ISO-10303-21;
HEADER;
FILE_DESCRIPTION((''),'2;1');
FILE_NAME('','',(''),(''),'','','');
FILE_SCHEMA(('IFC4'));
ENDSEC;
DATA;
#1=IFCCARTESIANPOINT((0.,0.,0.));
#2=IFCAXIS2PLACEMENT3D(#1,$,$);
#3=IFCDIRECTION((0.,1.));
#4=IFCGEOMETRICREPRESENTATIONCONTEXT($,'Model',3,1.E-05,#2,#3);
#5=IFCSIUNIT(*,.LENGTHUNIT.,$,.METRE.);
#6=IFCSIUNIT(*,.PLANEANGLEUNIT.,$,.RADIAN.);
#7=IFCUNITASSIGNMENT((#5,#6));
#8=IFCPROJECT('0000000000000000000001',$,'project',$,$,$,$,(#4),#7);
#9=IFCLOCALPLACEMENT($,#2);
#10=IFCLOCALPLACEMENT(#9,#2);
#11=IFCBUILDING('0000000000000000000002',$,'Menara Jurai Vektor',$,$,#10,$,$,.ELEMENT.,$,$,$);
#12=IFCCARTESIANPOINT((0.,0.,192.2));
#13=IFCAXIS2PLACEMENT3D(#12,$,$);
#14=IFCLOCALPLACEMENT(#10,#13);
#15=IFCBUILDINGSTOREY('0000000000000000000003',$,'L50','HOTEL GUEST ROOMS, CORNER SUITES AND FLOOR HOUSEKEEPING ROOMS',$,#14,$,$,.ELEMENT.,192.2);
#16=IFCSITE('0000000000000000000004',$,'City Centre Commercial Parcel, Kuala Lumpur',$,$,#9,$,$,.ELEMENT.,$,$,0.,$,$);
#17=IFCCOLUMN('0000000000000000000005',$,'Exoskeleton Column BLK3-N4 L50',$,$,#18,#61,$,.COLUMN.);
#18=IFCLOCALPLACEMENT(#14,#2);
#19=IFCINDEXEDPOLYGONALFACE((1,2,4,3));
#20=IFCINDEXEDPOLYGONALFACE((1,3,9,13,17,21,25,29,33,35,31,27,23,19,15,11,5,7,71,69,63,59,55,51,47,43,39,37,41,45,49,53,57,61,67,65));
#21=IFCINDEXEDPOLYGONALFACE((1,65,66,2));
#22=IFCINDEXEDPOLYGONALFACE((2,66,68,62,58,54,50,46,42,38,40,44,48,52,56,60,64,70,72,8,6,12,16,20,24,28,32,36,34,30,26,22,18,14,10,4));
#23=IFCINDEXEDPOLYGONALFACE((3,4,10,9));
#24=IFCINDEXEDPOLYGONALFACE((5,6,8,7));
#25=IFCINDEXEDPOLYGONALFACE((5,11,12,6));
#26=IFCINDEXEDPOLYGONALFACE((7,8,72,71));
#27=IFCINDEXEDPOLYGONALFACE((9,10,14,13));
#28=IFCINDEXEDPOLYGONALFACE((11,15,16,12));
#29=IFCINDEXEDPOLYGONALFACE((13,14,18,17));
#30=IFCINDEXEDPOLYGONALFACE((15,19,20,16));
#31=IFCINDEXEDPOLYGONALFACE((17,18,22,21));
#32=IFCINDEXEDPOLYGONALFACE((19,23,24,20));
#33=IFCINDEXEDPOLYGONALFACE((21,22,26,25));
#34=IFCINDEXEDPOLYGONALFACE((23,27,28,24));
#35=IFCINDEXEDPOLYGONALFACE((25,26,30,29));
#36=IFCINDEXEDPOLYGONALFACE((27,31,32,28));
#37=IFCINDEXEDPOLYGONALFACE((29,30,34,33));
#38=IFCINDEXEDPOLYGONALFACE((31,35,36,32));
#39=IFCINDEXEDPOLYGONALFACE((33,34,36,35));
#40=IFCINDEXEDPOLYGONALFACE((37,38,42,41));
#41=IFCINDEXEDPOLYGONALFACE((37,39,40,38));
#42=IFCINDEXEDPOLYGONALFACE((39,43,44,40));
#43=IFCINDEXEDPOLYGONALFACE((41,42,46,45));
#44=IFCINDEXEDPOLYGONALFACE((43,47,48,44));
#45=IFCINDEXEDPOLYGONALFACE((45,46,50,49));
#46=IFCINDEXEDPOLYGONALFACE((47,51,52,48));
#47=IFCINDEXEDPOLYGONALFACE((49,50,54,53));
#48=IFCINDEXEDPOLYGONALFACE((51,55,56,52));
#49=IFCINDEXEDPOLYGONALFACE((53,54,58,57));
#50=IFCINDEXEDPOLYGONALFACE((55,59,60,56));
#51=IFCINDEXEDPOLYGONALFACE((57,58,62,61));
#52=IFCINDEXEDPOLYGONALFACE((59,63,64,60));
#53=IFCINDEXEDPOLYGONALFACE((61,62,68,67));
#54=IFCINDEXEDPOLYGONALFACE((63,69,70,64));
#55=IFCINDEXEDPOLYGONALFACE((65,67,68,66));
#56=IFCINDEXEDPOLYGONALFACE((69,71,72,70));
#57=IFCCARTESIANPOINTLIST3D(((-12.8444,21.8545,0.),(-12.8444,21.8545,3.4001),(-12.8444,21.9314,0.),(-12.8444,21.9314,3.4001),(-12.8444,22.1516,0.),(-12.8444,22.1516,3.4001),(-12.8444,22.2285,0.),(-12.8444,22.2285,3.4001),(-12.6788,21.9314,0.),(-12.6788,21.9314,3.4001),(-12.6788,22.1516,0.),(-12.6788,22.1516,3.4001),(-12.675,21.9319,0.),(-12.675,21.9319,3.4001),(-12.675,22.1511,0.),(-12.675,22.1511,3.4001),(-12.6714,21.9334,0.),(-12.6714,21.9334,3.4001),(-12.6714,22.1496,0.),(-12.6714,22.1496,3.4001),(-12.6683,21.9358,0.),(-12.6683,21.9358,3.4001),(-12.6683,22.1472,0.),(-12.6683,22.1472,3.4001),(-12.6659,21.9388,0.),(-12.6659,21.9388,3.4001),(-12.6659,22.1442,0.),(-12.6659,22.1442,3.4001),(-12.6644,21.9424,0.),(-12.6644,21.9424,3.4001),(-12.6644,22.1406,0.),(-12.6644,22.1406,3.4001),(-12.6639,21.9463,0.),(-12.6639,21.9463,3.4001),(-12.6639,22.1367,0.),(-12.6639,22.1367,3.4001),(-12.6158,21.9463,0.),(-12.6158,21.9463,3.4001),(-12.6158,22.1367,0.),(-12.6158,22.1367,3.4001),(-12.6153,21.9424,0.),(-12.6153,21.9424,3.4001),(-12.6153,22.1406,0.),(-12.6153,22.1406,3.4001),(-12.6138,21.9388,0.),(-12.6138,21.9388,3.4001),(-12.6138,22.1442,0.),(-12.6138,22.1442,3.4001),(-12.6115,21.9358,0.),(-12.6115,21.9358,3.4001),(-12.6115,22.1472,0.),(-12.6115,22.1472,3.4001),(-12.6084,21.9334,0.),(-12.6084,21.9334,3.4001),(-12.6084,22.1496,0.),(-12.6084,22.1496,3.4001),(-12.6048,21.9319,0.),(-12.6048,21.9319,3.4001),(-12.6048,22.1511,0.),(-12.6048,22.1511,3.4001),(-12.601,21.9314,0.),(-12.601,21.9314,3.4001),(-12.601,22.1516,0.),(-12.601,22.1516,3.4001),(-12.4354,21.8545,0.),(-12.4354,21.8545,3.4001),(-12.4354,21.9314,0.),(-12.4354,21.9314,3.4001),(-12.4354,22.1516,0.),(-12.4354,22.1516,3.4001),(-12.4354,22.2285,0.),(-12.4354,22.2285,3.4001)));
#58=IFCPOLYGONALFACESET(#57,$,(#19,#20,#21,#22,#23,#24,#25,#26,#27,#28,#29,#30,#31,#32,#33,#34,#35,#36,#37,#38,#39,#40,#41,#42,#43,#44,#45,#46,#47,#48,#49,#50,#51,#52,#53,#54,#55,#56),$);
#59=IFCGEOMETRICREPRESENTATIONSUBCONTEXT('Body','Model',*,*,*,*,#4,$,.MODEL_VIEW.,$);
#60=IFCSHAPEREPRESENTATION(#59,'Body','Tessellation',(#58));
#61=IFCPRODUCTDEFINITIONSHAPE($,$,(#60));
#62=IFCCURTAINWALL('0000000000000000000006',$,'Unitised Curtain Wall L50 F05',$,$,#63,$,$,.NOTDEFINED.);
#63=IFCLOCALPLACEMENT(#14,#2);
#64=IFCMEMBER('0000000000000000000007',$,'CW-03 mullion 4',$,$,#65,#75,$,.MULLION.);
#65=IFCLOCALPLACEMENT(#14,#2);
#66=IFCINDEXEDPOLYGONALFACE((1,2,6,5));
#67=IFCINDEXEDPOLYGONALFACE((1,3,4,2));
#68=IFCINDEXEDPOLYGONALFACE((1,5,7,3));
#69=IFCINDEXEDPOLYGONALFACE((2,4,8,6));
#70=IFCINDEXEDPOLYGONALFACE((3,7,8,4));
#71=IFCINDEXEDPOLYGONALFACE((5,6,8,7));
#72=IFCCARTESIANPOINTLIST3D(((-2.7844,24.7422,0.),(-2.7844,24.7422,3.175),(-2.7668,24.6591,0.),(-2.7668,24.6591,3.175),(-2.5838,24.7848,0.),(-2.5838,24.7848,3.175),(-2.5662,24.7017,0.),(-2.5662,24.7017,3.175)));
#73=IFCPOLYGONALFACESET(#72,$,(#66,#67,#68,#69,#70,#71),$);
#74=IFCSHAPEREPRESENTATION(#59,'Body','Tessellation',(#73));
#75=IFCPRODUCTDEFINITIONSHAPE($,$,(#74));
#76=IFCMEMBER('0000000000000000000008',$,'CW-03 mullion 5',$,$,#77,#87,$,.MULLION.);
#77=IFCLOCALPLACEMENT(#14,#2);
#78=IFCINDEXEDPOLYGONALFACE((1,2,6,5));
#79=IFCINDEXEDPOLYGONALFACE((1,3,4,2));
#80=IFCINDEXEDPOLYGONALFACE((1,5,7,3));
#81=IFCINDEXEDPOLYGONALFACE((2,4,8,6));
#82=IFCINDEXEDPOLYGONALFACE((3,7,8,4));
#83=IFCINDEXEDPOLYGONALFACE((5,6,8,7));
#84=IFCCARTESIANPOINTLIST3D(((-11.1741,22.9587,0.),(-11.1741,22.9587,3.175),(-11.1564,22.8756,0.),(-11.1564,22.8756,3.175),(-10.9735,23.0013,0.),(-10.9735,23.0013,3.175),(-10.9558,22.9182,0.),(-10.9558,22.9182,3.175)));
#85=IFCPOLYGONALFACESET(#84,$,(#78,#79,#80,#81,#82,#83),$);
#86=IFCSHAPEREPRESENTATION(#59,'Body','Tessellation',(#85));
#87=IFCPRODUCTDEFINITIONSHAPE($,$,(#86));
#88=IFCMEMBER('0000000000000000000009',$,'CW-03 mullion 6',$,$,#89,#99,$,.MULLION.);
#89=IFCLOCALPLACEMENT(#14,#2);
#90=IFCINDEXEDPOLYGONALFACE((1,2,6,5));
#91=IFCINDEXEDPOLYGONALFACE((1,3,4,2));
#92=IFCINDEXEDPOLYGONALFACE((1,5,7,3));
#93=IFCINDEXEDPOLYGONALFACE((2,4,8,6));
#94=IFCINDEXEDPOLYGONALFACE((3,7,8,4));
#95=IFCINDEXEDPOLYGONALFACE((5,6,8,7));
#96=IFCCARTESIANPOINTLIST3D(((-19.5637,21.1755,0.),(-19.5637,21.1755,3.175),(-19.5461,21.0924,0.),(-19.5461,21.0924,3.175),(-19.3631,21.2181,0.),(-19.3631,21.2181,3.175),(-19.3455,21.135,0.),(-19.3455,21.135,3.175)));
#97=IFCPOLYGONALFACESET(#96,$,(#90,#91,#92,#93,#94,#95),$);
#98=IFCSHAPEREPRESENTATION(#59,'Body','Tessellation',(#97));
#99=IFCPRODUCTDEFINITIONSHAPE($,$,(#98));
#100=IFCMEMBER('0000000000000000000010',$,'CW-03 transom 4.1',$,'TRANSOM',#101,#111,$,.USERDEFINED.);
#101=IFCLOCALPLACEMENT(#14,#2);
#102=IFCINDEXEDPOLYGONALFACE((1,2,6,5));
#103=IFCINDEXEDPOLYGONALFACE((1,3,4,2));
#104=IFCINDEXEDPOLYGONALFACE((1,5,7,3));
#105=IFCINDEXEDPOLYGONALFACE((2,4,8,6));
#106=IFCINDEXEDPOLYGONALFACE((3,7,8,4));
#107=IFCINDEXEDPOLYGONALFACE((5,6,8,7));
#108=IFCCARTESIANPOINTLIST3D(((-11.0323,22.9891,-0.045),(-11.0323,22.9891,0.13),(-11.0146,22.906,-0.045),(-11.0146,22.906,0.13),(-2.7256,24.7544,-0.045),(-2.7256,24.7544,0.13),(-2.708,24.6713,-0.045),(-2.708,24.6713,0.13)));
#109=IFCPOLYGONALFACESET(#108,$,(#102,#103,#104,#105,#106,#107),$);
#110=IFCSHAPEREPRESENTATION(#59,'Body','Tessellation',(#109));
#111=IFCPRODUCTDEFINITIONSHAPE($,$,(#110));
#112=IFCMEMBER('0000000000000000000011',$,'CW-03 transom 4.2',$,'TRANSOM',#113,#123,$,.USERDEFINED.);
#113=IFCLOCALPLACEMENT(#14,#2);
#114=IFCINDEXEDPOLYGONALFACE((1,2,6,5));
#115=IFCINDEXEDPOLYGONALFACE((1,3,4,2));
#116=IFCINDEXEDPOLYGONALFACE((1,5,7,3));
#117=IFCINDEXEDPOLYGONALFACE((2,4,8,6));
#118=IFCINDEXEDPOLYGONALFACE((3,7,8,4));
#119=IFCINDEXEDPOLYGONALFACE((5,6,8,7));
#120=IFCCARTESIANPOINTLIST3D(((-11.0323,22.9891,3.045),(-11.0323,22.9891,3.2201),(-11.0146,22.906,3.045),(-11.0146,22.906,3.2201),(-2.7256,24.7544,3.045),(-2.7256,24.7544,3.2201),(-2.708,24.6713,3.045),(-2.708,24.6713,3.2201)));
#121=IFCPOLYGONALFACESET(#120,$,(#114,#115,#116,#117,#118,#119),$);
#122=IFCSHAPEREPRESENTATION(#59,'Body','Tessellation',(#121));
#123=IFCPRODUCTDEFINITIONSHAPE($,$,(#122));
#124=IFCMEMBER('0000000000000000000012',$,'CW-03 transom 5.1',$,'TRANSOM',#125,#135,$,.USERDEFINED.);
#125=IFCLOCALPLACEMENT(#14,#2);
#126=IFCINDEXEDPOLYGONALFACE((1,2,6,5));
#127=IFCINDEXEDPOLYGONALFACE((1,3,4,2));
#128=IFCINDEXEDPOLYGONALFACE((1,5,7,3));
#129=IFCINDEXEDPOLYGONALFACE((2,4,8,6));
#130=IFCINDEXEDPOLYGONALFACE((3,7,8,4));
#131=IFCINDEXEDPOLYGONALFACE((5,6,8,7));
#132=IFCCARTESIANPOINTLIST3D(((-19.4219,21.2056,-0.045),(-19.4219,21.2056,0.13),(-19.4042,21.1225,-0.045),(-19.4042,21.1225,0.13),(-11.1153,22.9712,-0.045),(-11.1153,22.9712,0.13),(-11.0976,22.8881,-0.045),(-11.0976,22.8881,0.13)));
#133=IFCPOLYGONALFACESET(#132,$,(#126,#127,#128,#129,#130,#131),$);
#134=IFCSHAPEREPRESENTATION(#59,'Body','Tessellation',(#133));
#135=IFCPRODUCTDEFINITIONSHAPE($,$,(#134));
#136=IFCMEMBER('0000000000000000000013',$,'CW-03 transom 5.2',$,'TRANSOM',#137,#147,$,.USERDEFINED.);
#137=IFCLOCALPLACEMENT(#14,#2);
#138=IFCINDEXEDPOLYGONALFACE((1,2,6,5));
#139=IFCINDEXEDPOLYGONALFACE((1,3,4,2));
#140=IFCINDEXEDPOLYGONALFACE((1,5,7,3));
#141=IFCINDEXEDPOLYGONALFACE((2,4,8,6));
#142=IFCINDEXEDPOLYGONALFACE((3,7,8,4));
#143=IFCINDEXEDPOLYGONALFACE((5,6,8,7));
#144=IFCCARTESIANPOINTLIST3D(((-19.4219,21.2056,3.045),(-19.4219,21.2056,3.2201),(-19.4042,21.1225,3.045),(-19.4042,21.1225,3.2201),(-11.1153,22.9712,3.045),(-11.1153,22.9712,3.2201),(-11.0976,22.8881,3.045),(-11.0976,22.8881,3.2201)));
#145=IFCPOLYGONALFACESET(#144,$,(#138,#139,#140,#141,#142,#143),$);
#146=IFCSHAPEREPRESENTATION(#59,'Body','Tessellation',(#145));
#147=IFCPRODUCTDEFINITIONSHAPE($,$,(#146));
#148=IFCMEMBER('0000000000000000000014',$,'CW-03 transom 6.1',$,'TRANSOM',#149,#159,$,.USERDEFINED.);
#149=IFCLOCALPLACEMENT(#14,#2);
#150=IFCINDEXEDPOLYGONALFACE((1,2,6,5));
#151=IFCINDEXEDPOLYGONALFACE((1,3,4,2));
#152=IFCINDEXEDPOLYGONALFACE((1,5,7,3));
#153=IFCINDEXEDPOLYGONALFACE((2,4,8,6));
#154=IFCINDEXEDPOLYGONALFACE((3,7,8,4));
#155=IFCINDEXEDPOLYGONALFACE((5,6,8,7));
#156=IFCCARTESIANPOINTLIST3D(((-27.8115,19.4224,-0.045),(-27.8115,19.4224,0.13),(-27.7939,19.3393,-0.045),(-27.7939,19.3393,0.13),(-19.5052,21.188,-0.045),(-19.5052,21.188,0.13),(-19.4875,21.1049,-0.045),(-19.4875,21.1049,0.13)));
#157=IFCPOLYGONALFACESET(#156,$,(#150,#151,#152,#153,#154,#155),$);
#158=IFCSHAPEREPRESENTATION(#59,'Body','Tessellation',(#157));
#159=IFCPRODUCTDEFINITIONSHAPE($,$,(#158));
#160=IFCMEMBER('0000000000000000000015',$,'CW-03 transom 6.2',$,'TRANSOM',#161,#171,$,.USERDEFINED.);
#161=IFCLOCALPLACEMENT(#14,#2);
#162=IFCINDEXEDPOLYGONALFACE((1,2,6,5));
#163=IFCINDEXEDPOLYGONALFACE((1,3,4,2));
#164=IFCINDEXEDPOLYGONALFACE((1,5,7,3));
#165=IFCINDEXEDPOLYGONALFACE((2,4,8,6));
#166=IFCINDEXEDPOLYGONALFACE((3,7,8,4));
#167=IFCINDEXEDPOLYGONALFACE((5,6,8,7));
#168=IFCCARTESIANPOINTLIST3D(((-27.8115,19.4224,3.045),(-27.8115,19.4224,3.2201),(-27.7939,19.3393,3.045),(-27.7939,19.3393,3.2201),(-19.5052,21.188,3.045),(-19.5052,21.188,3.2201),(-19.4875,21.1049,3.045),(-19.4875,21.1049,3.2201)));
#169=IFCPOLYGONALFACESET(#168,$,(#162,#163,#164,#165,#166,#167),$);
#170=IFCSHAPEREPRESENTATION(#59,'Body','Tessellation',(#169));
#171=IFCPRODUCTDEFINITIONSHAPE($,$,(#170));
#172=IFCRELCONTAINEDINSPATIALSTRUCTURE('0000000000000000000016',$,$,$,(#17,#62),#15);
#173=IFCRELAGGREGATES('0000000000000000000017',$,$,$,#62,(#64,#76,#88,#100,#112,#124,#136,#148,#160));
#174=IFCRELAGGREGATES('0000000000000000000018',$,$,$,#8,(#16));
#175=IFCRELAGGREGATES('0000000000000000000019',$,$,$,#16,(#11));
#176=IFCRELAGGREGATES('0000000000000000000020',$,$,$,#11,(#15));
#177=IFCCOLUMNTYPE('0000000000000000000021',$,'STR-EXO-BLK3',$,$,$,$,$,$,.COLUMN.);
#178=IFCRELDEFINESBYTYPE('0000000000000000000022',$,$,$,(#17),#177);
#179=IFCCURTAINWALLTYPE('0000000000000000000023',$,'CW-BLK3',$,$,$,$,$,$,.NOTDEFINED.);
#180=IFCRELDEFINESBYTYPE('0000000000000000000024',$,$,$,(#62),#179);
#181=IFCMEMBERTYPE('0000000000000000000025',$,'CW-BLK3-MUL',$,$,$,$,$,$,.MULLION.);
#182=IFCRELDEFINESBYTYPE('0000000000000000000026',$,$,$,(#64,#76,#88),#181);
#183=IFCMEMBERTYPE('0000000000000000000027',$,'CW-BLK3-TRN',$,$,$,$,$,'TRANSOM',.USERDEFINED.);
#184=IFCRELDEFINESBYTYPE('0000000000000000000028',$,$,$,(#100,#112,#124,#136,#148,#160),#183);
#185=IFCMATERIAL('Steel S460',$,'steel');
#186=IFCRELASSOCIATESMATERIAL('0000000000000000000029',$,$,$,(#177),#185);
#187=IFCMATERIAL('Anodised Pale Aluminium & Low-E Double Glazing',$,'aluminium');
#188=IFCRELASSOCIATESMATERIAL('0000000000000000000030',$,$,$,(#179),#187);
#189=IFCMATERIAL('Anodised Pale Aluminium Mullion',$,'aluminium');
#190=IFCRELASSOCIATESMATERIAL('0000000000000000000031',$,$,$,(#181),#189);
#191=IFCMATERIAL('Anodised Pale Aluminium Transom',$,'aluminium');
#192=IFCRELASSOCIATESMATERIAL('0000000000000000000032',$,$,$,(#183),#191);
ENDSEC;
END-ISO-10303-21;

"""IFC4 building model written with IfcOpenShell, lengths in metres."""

from ifc_helpers import new_model, si_unit, direction, frame, origin, origin_2d, place, context, subcontext, project, spatial, rectangle, i_section, extrude, material, material_profile, profile_set, type_object, element, aggregate, save


model = new_model("IFC4")

# Units and contexts
model_context = context("Model", 3, precision=1e-05, world=origin(), true_north=direction((0.0, 1.0)))
body_context = subcontext(model_context, "Body", "Model", "MODEL_VIEW")
ifc_project = project(units=[si_unit("LENGTHUNIT", "METRE"), si_unit("PLANEANGLEUNIT", "RADIAN")], contexts=[model_context])

# Site, building, storey
site_placement = place(None, origin())
site = spatial("IfcSite", under=ifc_project, at=site_placement, Name="City Centre Commercial Parcel, Kuala Lumpur", CompositionType="ELEMENT", RefElevation=0.0)
building_placement = place(site_placement, origin())
building = spatial("IfcBuilding", under=site, at=building_placement, Name="Menara Jurai Vektor", CompositionType="ELEMENT")
storey_placement = place(building_placement, frame((0.0, 0.0, 192.2)))
storey = spatial("IfcBuildingStorey", under=building, at=storey_placement, Name="L50", Description="HOTEL GUEST ROOMS, CORNER SUITES AND FLOOR HOUSEKEEPING ROOMS", CompositionType="ELEMENT", Elevation=192.2)

# Column
ifc_material_1 = material(Name="Steel S460", Category="steel")
ifc_material_profile_1 = material_profile(ifc_material_1, i_section(OverallWidth=0.4089, OverallDepth=0.374, WebThickness=0.0481, FlangeThickness=0.0769, FilletRadius=0.0149, at=origin_2d()), Name="HD 400x634")
ifc_profile_set_1 = profile_set([ifc_material_profile_1], Name="Steel S460")
column_type = type_object("IfcColumnType", Name="STR-EXO-BLK3", PredefinedType="COLUMN", material=ifc_profile_set_1)
column_placement = place(storey_placement, frame((-12.6399, 22.0415, 0.0), z_axis=(0.0, 0.0, 1.0), x_axis=(1.0, 0.0, 0.0)))
element("IfcColumn", 1, at=column_placement, inside=storey, type_object=column_type, Name="Exoskeleton Column BLK3-N4 L50", PredefinedType="COLUMN", context=body_context, shape_type="SweptSolid", body=[
    extrude(i_section(OverallWidth=0.4089, OverallDepth=0.374, WebThickness=0.0481, FlangeThickness=0.0769, FilletRadius=0.0149, at=origin_2d()), origin(), (0.0, 0.0, 1.0), 3.4001),
])

# Curtain wall, members
ifc_material_2 = material(Name="Anodised Pale Aluminium & Low-E Double Glazing", Category="aluminium")
curtain_wall_type = type_object("IfcCurtainWallType", Name="CW-BLK3", PredefinedType="NOTDEFINED", material=ifc_material_2)
curtain_wall_placement = place(storey_placement, origin())
curtain_wall = element("IfcCurtainWall", 2, at=curtain_wall_placement, inside=storey, type_object=curtain_wall_type, Name="Unitised Curtain Wall L50 F05", PredefinedType="NOTDEFINED")
ifc_material_3 = material(Name="Anodised Pale Aluminium Mullion", Category="aluminium")
ifc_material_profile_2 = material_profile(ifc_material_3, rectangle(XDim=0.085, YDim=0.2051, at=origin_2d()), Name="ALU MUL 85x205")
ifc_profile_set_2 = profile_set([ifc_material_profile_2], Name="Anodised Pale Aluminium Mullion")
member_type_1 = type_object("IfcMemberType", Name="CW-BLK3-MUL", PredefinedType="MULLION", material=ifc_profile_set_2)
member_1_placement = place(storey_placement, frame((-2.6753, 24.7219, 0.0), z_axis=(0.0, 0.0, 1.0), x_axis=(0.207911, -0.978148, 0.0)))
member_1 = element("IfcMember", 3, at=member_1_placement, type_object=member_type_1, Name="CW-03 mullion 4", PredefinedType="MULLION", context=body_context, shape_type="SweptSolid", body=[
    extrude(rectangle(XDim=0.085, YDim=0.2051, at=origin_2d()), origin(), (0.0, 0.0, 1.0), 3.175),
])
member_2_placement = place(storey_placement, frame((-11.0649, 22.9385, 0.0), z_axis=(0.0, 0.0, 1.0), x_axis=(0.207911, -0.978148, 0.0)))
member_2 = element("IfcMember", 4, at=member_2_placement, type_object=member_type_1, Name="CW-03 mullion 5", PredefinedType="MULLION", context=body_context, shape_type="SweptSolid", body=[
    extrude(rectangle(XDim=0.085, YDim=0.2051, at=origin_2d()), origin(), (0.0, 0.0, 1.0), 3.175),
])
member_3_placement = place(storey_placement, frame((-19.4546, 21.1553, 0.0), z_axis=(0.0, 0.0, 1.0), x_axis=(0.207911, -0.978148, 0.0)))
member_3 = element("IfcMember", 5, at=member_3_placement, type_object=member_type_1, Name="CW-03 mullion 6", PredefinedType="MULLION", context=body_context, shape_type="SweptSolid", body=[
    extrude(rectangle(XDim=0.085, YDim=0.2051, at=origin_2d()), origin(), (0.0, 0.0, 1.0), 3.175),
])
ifc_material_4 = material(Name="Anodised Pale Aluminium Transom", Category="aluminium")
ifc_material_profile_3 = material_profile(ifc_material_4, rectangle(XDim=0.085, YDim=0.175, at=origin_2d()), Name="ALU TRN 85x175")
ifc_profile_set_3 = profile_set([ifc_material_profile_3], Name="Anodised Pale Aluminium Transom")
member_type_2 = type_object("IfcMemberType", Name="CW-BLK3-TRN", ElementType="TRANSOM", PredefinedType="USERDEFINED", material=ifc_profile_set_3)
member_4_placement = place(storey_placement, frame((-2.7168, 24.7129, 0.0425), z_axis=(-0.978154, -0.207884, 0.0), x_axis=(0.207884, -0.978154, 0.0)))
member_4 = element("IfcMember", 6, at=member_4_placement, type_object=member_type_2, Name="CW-03 transom 4.1", ObjectType="TRANSOM", PredefinedType="USERDEFINED", context=body_context, shape_type="SweptSolid", body=[
    extrude(rectangle(XDim=0.085, YDim=0.175, at=origin_2d()), origin(), (0.0, 0.0, 1.0), 8.4922),
])
member_5_placement = place(storey_placement, frame((-2.7168, 24.7129, 3.1326), z_axis=(-0.978154, -0.207884, 0.0), x_axis=(0.207884, -0.978154, 0.0)))
member_5 = element("IfcMember", 7, at=member_5_placement, type_object=member_type_2, Name="CW-03 transom 4.2", ObjectType="TRANSOM", PredefinedType="USERDEFINED", context=body_context, shape_type="SweptSolid", body=[
    extrude(rectangle(XDim=0.085, YDim=0.175, at=origin_2d()), origin(), (0.0, 0.0, 1.0), 8.4922),
])
member_6_placement = place(storey_placement, frame((-11.1064, 22.9297, 0.0425), z_axis=(-0.978148, -0.207911, 0.0), x_axis=(0.207911, -0.978148, 0.0)))
member_6 = element("IfcMember", 8, at=member_6_placement, type_object=member_type_2, Name="CW-03 transom 5.1", ObjectType="TRANSOM", PredefinedType="USERDEFINED", context=body_context, shape_type="SweptSolid", body=[
    extrude(rectangle(XDim=0.085, YDim=0.175, at=origin_2d()), origin(), (0.0, 0.0, 1.0), 8.4922),
])
member_7_placement = place(storey_placement, frame((-11.1064, 22.9297, 3.1326), z_axis=(-0.978148, -0.207911, 0.0), x_axis=(0.207911, -0.978148, 0.0)))
member_7 = element("IfcMember", 9, at=member_7_placement, type_object=member_type_2, Name="CW-03 transom 5.2", ObjectType="TRANSOM", PredefinedType="USERDEFINED", context=body_context, shape_type="SweptSolid", body=[
    extrude(rectangle(XDim=0.085, YDim=0.175, at=origin_2d()), origin(), (0.0, 0.0, 1.0), 8.4922),
])
member_8_placement = place(storey_placement, frame((-19.4963, 21.1465, 0.0425), z_axis=(-0.978147, -0.207917, 0.0), x_axis=(0.207917, -0.978147, 0.0)))
member_8 = element("IfcMember", 10, at=member_8_placement, type_object=member_type_2, Name="CW-03 transom 6.1", ObjectType="TRANSOM", PredefinedType="USERDEFINED", context=body_context, shape_type="SweptSolid", body=[
    extrude(rectangle(XDim=0.085, YDim=0.175, at=origin_2d()), origin(), (0.0, 0.0, 1.0), 8.4919),
])
member_9_placement = place(storey_placement, frame((-19.4963, 21.1465, 3.1326), z_axis=(-0.978147, -0.207917, 0.0), x_axis=(0.207917, -0.978147, 0.0)))
member_9 = element("IfcMember", 11, at=member_9_placement, type_object=member_type_2, Name="CW-03 transom 6.2", ObjectType="TRANSOM", PredefinedType="USERDEFINED", context=body_context, shape_type="SweptSolid", body=[
    extrude(rectangle(XDim=0.085, YDim=0.175, at=origin_2d()), origin(), (0.0, 0.0, 1.0), 8.4919),
])

aggregate(curtain_wall, [member_1, member_2, member_3, member_4, member_5, member_6, member_7, member_8, member_9])

save(model, "model.ifc")
